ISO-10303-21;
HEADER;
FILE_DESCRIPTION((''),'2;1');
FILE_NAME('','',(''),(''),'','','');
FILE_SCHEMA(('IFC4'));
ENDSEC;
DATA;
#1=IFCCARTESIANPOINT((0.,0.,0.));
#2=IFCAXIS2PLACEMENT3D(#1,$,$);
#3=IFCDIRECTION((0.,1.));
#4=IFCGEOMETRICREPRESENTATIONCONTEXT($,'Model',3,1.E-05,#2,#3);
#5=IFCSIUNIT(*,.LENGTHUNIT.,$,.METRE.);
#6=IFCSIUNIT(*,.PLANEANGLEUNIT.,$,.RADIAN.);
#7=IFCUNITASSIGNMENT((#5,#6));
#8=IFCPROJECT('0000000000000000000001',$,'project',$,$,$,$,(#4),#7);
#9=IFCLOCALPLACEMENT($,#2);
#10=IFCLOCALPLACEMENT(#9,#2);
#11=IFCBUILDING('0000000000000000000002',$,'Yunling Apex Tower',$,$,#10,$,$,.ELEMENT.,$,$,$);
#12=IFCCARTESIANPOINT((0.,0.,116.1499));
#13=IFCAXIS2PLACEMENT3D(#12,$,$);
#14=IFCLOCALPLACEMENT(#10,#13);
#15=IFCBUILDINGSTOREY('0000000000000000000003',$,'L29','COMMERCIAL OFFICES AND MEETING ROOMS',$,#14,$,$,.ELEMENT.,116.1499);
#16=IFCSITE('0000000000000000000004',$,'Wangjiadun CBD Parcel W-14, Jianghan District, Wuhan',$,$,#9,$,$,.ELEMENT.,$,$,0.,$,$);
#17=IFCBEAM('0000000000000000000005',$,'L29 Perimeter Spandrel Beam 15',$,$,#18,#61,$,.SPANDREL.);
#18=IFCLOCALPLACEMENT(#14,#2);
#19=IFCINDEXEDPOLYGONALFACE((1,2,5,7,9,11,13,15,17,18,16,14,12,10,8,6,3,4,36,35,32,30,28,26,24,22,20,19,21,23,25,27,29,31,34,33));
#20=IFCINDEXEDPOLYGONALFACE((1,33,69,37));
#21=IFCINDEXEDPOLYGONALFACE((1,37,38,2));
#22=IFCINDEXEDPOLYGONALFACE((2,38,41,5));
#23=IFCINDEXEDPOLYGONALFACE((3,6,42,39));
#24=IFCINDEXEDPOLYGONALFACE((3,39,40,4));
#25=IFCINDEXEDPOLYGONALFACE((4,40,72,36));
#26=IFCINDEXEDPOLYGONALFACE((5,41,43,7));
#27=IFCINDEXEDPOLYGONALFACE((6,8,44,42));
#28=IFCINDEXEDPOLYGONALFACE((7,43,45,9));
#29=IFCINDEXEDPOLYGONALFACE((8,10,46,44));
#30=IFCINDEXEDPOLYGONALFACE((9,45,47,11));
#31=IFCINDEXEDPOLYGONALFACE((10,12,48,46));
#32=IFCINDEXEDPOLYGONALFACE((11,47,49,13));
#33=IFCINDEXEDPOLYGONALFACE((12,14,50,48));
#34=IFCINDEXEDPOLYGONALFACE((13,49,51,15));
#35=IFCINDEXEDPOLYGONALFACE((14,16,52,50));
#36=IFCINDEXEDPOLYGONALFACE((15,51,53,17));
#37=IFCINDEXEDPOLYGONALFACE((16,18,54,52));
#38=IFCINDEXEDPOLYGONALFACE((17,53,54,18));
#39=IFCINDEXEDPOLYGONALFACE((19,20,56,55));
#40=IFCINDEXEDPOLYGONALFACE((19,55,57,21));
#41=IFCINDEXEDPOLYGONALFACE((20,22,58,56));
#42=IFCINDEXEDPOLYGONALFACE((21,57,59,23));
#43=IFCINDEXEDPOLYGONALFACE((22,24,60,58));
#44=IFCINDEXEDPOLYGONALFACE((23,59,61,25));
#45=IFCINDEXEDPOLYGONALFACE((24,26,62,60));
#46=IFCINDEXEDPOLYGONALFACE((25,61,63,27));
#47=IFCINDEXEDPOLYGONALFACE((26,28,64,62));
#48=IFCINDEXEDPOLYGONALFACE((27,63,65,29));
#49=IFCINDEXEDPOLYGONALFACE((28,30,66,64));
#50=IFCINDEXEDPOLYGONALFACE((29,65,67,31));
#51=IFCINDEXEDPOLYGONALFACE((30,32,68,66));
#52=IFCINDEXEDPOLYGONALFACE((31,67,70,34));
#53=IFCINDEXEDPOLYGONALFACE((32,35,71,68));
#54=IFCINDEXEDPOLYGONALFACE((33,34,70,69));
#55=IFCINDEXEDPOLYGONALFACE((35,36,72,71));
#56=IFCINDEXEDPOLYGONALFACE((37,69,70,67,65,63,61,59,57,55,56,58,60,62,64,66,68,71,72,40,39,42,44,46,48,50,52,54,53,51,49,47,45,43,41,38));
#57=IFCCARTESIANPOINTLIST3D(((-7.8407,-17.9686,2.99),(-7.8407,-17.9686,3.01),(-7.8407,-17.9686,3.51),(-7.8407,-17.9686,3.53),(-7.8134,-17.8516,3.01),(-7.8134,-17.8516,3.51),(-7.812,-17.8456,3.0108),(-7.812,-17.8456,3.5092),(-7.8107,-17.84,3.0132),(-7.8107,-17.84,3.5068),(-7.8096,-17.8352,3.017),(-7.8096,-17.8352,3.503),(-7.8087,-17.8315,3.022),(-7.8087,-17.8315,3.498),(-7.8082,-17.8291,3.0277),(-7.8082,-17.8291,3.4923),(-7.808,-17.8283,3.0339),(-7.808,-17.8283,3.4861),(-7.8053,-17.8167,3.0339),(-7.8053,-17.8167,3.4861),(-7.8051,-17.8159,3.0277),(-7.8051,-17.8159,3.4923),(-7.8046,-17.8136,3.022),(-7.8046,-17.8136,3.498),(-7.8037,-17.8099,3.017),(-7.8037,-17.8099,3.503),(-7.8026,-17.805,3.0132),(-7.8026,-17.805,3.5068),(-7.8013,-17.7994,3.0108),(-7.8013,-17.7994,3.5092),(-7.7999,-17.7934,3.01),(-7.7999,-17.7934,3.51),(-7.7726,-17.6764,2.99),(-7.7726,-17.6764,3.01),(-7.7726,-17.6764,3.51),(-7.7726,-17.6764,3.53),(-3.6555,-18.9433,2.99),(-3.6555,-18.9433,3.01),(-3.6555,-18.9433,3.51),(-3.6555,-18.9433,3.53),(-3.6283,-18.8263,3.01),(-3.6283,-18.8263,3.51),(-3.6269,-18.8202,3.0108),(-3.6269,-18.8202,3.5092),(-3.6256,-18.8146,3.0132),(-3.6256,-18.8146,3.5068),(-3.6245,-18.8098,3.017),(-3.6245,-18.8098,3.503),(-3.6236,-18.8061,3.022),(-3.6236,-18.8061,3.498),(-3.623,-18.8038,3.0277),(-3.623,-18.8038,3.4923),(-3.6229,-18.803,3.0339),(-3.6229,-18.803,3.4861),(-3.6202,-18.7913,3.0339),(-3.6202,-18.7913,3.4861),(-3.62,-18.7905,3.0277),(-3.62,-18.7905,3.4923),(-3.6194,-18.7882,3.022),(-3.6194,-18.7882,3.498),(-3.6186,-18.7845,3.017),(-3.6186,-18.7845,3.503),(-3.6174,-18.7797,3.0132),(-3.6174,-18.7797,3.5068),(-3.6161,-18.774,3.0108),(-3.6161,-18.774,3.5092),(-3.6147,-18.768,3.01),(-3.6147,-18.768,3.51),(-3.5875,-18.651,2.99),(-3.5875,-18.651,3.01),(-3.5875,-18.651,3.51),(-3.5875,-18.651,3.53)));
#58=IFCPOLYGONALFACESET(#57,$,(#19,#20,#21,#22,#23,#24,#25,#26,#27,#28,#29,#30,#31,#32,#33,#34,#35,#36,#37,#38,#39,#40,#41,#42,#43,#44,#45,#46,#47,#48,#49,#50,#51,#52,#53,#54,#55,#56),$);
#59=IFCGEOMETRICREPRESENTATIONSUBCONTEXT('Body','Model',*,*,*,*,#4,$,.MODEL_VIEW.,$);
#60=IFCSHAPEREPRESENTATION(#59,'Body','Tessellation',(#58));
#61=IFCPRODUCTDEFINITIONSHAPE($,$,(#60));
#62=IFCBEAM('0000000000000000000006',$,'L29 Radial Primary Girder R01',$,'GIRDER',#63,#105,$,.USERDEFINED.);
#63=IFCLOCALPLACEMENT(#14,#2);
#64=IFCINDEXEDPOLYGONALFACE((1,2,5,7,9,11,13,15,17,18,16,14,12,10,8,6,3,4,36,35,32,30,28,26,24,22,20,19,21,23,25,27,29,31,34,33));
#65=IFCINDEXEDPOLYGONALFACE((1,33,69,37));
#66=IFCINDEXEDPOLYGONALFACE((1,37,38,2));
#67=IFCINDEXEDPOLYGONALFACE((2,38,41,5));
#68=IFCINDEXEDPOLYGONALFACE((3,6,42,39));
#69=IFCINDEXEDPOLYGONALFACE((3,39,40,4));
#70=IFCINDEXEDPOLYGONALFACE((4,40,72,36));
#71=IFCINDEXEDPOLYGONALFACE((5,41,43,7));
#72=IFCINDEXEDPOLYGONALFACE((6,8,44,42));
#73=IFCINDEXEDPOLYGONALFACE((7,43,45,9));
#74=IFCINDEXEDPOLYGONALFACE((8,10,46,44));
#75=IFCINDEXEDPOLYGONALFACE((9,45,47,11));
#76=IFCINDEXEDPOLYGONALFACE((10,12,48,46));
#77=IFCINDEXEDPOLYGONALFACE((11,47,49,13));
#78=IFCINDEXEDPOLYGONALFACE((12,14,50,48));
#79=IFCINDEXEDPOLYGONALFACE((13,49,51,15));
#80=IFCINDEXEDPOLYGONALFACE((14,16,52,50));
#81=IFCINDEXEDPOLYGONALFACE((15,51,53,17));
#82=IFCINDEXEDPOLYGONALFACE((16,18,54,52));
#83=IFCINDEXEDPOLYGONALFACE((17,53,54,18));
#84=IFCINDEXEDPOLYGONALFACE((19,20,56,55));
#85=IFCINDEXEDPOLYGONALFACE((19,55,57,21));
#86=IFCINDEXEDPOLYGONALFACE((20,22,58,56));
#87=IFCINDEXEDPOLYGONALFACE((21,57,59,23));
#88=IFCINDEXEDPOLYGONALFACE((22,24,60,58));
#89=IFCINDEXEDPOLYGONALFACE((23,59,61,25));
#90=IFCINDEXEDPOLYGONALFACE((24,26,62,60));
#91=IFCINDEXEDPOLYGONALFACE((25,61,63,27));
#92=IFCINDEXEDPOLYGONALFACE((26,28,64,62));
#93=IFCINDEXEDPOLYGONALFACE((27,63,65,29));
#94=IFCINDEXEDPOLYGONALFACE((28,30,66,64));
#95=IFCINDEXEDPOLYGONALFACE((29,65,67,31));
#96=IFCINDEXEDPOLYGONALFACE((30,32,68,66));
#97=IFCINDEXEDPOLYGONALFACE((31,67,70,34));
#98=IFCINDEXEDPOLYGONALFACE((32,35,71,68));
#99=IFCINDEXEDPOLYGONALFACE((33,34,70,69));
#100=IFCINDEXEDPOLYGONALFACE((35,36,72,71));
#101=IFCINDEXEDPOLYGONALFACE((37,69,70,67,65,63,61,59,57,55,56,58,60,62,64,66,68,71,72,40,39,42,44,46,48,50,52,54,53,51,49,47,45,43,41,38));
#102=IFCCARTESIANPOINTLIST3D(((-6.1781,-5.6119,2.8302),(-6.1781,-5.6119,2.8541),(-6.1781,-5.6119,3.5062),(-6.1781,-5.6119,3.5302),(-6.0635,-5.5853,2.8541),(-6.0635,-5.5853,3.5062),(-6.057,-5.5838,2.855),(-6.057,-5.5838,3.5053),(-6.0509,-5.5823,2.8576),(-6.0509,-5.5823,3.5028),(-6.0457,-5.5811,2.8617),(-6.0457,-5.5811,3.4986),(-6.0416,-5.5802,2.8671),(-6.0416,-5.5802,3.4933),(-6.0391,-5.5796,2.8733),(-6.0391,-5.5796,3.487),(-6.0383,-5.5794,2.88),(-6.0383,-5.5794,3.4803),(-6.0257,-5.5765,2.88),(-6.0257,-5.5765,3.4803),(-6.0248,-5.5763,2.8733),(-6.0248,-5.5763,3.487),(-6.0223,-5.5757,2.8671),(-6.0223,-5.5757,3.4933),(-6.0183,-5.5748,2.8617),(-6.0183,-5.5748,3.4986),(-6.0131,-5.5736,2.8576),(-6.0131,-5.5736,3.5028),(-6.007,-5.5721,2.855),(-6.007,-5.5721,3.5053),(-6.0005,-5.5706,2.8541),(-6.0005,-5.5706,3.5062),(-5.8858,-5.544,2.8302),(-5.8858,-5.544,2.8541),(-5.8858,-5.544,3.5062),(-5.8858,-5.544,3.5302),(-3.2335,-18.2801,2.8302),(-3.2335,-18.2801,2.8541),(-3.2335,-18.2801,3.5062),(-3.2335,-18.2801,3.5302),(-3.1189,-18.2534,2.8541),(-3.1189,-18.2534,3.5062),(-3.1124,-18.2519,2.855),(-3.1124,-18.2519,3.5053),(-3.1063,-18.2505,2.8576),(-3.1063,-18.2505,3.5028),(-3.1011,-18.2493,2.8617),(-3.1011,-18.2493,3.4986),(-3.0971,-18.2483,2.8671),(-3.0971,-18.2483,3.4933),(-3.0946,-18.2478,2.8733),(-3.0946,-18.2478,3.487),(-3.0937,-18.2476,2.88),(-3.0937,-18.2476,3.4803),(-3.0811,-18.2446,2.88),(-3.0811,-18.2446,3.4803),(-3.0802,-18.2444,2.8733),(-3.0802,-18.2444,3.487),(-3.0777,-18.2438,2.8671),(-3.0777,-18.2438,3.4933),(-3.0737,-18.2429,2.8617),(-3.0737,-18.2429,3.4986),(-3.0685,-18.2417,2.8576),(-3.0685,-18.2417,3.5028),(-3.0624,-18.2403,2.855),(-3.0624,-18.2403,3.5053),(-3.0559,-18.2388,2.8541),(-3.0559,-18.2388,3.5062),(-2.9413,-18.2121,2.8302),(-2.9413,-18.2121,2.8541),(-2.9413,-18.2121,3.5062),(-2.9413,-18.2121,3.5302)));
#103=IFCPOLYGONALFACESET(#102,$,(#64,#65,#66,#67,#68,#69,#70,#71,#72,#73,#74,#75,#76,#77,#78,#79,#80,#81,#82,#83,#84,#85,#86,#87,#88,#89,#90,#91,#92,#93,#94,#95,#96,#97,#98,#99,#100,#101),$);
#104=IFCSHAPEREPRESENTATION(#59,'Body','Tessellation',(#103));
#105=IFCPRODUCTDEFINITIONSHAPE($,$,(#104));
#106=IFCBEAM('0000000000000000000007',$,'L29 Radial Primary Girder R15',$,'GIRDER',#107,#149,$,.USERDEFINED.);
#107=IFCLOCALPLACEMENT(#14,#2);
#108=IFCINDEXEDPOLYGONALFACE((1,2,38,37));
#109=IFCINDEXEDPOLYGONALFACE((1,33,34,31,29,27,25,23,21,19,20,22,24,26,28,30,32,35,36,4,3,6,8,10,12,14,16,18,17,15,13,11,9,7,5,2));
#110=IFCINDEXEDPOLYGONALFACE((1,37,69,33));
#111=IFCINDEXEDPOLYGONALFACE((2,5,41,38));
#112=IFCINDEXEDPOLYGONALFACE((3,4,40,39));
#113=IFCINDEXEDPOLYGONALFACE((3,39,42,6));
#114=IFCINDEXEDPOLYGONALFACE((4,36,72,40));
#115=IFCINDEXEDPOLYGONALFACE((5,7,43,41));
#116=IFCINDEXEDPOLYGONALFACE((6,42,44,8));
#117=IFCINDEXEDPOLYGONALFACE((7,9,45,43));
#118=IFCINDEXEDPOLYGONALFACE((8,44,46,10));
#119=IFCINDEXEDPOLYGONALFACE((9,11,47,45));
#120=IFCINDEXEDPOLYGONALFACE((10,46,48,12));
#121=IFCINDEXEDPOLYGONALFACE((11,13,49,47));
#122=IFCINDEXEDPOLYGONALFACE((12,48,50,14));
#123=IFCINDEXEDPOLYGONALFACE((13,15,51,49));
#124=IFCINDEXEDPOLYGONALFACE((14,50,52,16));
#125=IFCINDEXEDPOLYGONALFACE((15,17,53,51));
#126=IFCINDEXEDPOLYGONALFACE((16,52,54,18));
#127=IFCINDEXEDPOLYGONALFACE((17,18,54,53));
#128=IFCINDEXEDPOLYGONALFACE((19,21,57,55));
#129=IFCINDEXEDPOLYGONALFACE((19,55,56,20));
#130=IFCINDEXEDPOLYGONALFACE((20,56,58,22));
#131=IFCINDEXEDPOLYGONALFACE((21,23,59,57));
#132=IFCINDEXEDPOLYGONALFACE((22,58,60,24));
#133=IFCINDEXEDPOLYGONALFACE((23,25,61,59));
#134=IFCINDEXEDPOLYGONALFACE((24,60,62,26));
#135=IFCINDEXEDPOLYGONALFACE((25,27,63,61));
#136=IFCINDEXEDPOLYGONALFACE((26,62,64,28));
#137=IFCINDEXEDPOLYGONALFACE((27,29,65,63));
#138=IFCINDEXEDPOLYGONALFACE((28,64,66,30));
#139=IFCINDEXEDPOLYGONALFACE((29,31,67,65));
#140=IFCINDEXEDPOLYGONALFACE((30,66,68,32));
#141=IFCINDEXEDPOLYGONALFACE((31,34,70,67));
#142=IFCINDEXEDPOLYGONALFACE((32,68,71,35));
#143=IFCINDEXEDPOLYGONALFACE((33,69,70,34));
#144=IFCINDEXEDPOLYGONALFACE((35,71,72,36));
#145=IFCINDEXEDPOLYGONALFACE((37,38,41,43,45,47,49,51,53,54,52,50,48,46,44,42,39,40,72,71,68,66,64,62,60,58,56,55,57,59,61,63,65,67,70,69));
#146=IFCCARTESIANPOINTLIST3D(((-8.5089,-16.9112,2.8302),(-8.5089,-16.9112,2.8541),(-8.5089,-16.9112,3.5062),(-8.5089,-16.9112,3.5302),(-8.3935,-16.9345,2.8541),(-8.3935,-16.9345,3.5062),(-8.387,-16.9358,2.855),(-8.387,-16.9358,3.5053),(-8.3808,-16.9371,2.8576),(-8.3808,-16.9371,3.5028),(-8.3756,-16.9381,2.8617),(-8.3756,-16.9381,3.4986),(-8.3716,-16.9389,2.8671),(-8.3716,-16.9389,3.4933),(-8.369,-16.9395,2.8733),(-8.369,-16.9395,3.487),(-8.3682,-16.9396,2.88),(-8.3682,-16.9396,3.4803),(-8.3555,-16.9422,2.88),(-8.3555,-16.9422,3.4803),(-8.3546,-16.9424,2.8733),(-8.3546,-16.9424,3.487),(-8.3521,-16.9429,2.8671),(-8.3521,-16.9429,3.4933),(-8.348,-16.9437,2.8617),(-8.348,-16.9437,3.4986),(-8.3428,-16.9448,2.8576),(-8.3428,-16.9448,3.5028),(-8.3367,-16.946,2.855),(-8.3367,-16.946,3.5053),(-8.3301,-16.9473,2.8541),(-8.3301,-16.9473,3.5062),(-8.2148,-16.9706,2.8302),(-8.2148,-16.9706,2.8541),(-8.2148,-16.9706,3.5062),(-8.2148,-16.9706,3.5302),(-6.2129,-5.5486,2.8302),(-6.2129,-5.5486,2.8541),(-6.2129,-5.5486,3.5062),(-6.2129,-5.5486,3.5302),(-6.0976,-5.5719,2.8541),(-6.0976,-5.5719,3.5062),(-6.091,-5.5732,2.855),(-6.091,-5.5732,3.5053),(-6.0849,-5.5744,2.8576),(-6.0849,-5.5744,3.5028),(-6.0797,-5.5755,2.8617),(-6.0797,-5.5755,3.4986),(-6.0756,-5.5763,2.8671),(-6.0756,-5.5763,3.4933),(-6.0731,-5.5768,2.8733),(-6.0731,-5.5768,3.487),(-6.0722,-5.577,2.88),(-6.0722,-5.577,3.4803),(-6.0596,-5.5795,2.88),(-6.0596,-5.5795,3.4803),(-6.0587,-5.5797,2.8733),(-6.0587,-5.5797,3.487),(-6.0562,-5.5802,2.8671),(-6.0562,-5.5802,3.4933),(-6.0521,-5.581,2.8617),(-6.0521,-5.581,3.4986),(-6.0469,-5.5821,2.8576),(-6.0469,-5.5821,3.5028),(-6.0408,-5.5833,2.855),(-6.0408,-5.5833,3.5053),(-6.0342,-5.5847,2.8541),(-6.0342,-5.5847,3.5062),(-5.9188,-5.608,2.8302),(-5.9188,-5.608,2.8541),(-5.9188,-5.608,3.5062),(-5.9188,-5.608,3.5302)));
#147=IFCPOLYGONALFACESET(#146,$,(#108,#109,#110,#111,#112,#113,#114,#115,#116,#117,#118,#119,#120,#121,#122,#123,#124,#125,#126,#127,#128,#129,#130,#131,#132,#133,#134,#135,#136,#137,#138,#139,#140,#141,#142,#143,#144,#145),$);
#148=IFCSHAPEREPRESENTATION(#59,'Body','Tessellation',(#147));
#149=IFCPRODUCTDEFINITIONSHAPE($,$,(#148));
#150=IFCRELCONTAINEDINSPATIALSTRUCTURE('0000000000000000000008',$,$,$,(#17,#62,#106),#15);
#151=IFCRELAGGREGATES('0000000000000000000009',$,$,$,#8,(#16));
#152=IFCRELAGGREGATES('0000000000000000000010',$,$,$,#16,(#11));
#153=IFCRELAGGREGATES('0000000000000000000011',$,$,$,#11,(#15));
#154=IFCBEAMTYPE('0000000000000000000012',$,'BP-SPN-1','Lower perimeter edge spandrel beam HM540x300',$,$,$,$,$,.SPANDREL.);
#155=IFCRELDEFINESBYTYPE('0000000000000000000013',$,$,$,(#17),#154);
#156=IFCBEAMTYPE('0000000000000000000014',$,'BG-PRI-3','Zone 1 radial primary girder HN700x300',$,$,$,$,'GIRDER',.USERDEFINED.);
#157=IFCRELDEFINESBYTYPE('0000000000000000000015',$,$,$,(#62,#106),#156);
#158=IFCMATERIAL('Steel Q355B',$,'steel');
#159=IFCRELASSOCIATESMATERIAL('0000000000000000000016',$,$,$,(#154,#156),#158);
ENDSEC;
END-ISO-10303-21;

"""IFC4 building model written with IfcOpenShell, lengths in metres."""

from ifc_helpers import new_model, si_unit, direction, frame, origin, origin_2d, place, context, subcontext, project, spatial, i_section, extrude, source, transform, mapped, material, material_profile, profile_set, type_object, element, save


model = new_model("IFC4")

# Units and contexts
model_context = context("Model", 3, precision=1e-05, world=origin(), true_north=direction((0.0, 1.0)))
body_context = subcontext(model_context, "Body", "Model", "MODEL_VIEW")
ifc_project = project(units=[si_unit("LENGTHUNIT", "METRE"), si_unit("PLANEANGLEUNIT", "RADIAN")], contexts=[model_context])

# Site, building, storey
site_placement = place(None, origin())
site = spatial("IfcSite", under=ifc_project, at=site_placement, Name="Wangjiadun CBD Parcel W-14, Jianghan District, Wuhan", CompositionType="ELEMENT", RefElevation=0.0)
building_placement = place(site_placement, origin())
building = spatial("IfcBuilding", under=site, at=building_placement, Name="Yunling Apex Tower", CompositionType="ELEMENT")
storey_placement = place(building_placement, frame((0.0, 0.0, 116.1499)))
storey = spatial("IfcBuildingStorey", under=building, at=storey_placement, Name="L29", Description="COMMERCIAL OFFICES AND MEETING ROOMS", CompositionType="ELEMENT", Elevation=116.1499)

# Beams
ifc_material_1 = material(Name="Steel Q355B", Category="steel")
ifc_material_profile_1 = material_profile(ifc_material_1, i_section(OverallWidth=0.3, OverallDepth=0.54, WebThickness=0.012, FlangeThickness=0.02, FilletRadius=0.0239, at=origin_2d()))
ifc_profile_set_1 = profile_set([ifc_material_profile_1], Name="Steel Q355B")
beam_type_1 = type_object("IfcBeamType", Name="BP-SPN-1", Description="Lower perimeter edge spandrel beam HM540x300", PredefinedType="SPANDREL", material=ifc_profile_set_1)
shared_shape_1 = source(origin(), body_context, "Body", "SweptSolid", [
    extrude(i_section(OverallWidth=0.3, OverallDepth=0.54, WebThickness=0.012, FlangeThickness=0.02, FilletRadius=0.0239, at=origin_2d()), origin(), (0.0, 0.0, 1.0), 4.2971),
])
beam_1_placement = place(storey_placement, frame((-7.8066, -17.8225, 3.26), z_axis=(0.973939, -0.226809, 0.0), x_axis=(0.226809, 0.973939, 0.0)))
element("IfcBeam", 1, at=beam_1_placement, inside=storey, type_object=beam_type_1, Name="L29 Perimeter Spandrel Beam 15", PredefinedType="SPANDREL", context=body_context, shape_type="MappedRepresentation", body=[
    mapped(shared_shape_1, transform((0.0, 0.0, 0.0), scale=1.0)),
])
ifc_material_profile_2 = material_profile(ifc_material_1, i_section(OverallWidth=0.3, OverallDepth=0.7, WebThickness=0.0129, FlangeThickness=0.0239, FilletRadius=0.0259, at=origin_2d()))
ifc_profile_set_2 = profile_set([ifc_material_profile_2], Name="Steel Q355B")
beam_type_2 = type_object("IfcBeamType", Name="BG-PRI-3", Description="Zone 1 radial primary girder HN700x300", ElementType="GIRDER", PredefinedType="USERDEFINED", material=ifc_profile_set_2)
shared_shape_2 = source(origin(), body_context, "Body", "SweptSolid", [
    extrude(i_section(OverallWidth=0.3, OverallDepth=0.7, WebThickness=0.0129, FlangeThickness=0.0239, FilletRadius=0.0259, at=origin_2d()), origin(), (0.0, 0.0, 1.0), 13.0059),
])
beam_2_placement = place(storey_placement, frame((-3.0874, -18.2461, 3.1802), z_axis=(-0.226403, 0.974034, 0.0), x_axis=(-0.974034, -0.226403, 0.0)))
element("IfcBeam", 2, at=beam_2_placement, inside=storey, type_object=beam_type_2, Name="L29 Radial Primary Girder R01", ObjectType="GIRDER", PredefinedType="USERDEFINED", context=body_context, shape_type="MappedRepresentation", body=[
    mapped(shared_shape_2, transform((0.0, 0.0, 0.0), scale=1.0)),
])
shared_shape_3 = source(origin(), body_context, "Body", "SweptSolid", [
    extrude(i_section(OverallWidth=0.3, OverallDepth=0.7, WebThickness=0.0129, FlangeThickness=0.0239, FilletRadius=0.0259, at=origin_2d()), origin(), (0.0, 0.0, 1.0), 11.5923),
])
beam_3_placement = place(storey_placement, frame((-8.3618, -16.9409, 3.1802), z_axis=(0.198056, 0.980191, 0.0), x_axis=(-0.980191, 0.198056, 0.0)))
element("IfcBeam", 3, at=beam_3_placement, inside=storey, type_object=beam_type_2, Name="L29 Radial Primary Girder R15", ObjectType="GIRDER", PredefinedType="USERDEFINED", context=body_context, shape_type="MappedRepresentation", body=[
    mapped(shared_shape_3, transform((0.0, 0.0, 0.0), scale=1.0)),
])

save(model, "model.ifc")
